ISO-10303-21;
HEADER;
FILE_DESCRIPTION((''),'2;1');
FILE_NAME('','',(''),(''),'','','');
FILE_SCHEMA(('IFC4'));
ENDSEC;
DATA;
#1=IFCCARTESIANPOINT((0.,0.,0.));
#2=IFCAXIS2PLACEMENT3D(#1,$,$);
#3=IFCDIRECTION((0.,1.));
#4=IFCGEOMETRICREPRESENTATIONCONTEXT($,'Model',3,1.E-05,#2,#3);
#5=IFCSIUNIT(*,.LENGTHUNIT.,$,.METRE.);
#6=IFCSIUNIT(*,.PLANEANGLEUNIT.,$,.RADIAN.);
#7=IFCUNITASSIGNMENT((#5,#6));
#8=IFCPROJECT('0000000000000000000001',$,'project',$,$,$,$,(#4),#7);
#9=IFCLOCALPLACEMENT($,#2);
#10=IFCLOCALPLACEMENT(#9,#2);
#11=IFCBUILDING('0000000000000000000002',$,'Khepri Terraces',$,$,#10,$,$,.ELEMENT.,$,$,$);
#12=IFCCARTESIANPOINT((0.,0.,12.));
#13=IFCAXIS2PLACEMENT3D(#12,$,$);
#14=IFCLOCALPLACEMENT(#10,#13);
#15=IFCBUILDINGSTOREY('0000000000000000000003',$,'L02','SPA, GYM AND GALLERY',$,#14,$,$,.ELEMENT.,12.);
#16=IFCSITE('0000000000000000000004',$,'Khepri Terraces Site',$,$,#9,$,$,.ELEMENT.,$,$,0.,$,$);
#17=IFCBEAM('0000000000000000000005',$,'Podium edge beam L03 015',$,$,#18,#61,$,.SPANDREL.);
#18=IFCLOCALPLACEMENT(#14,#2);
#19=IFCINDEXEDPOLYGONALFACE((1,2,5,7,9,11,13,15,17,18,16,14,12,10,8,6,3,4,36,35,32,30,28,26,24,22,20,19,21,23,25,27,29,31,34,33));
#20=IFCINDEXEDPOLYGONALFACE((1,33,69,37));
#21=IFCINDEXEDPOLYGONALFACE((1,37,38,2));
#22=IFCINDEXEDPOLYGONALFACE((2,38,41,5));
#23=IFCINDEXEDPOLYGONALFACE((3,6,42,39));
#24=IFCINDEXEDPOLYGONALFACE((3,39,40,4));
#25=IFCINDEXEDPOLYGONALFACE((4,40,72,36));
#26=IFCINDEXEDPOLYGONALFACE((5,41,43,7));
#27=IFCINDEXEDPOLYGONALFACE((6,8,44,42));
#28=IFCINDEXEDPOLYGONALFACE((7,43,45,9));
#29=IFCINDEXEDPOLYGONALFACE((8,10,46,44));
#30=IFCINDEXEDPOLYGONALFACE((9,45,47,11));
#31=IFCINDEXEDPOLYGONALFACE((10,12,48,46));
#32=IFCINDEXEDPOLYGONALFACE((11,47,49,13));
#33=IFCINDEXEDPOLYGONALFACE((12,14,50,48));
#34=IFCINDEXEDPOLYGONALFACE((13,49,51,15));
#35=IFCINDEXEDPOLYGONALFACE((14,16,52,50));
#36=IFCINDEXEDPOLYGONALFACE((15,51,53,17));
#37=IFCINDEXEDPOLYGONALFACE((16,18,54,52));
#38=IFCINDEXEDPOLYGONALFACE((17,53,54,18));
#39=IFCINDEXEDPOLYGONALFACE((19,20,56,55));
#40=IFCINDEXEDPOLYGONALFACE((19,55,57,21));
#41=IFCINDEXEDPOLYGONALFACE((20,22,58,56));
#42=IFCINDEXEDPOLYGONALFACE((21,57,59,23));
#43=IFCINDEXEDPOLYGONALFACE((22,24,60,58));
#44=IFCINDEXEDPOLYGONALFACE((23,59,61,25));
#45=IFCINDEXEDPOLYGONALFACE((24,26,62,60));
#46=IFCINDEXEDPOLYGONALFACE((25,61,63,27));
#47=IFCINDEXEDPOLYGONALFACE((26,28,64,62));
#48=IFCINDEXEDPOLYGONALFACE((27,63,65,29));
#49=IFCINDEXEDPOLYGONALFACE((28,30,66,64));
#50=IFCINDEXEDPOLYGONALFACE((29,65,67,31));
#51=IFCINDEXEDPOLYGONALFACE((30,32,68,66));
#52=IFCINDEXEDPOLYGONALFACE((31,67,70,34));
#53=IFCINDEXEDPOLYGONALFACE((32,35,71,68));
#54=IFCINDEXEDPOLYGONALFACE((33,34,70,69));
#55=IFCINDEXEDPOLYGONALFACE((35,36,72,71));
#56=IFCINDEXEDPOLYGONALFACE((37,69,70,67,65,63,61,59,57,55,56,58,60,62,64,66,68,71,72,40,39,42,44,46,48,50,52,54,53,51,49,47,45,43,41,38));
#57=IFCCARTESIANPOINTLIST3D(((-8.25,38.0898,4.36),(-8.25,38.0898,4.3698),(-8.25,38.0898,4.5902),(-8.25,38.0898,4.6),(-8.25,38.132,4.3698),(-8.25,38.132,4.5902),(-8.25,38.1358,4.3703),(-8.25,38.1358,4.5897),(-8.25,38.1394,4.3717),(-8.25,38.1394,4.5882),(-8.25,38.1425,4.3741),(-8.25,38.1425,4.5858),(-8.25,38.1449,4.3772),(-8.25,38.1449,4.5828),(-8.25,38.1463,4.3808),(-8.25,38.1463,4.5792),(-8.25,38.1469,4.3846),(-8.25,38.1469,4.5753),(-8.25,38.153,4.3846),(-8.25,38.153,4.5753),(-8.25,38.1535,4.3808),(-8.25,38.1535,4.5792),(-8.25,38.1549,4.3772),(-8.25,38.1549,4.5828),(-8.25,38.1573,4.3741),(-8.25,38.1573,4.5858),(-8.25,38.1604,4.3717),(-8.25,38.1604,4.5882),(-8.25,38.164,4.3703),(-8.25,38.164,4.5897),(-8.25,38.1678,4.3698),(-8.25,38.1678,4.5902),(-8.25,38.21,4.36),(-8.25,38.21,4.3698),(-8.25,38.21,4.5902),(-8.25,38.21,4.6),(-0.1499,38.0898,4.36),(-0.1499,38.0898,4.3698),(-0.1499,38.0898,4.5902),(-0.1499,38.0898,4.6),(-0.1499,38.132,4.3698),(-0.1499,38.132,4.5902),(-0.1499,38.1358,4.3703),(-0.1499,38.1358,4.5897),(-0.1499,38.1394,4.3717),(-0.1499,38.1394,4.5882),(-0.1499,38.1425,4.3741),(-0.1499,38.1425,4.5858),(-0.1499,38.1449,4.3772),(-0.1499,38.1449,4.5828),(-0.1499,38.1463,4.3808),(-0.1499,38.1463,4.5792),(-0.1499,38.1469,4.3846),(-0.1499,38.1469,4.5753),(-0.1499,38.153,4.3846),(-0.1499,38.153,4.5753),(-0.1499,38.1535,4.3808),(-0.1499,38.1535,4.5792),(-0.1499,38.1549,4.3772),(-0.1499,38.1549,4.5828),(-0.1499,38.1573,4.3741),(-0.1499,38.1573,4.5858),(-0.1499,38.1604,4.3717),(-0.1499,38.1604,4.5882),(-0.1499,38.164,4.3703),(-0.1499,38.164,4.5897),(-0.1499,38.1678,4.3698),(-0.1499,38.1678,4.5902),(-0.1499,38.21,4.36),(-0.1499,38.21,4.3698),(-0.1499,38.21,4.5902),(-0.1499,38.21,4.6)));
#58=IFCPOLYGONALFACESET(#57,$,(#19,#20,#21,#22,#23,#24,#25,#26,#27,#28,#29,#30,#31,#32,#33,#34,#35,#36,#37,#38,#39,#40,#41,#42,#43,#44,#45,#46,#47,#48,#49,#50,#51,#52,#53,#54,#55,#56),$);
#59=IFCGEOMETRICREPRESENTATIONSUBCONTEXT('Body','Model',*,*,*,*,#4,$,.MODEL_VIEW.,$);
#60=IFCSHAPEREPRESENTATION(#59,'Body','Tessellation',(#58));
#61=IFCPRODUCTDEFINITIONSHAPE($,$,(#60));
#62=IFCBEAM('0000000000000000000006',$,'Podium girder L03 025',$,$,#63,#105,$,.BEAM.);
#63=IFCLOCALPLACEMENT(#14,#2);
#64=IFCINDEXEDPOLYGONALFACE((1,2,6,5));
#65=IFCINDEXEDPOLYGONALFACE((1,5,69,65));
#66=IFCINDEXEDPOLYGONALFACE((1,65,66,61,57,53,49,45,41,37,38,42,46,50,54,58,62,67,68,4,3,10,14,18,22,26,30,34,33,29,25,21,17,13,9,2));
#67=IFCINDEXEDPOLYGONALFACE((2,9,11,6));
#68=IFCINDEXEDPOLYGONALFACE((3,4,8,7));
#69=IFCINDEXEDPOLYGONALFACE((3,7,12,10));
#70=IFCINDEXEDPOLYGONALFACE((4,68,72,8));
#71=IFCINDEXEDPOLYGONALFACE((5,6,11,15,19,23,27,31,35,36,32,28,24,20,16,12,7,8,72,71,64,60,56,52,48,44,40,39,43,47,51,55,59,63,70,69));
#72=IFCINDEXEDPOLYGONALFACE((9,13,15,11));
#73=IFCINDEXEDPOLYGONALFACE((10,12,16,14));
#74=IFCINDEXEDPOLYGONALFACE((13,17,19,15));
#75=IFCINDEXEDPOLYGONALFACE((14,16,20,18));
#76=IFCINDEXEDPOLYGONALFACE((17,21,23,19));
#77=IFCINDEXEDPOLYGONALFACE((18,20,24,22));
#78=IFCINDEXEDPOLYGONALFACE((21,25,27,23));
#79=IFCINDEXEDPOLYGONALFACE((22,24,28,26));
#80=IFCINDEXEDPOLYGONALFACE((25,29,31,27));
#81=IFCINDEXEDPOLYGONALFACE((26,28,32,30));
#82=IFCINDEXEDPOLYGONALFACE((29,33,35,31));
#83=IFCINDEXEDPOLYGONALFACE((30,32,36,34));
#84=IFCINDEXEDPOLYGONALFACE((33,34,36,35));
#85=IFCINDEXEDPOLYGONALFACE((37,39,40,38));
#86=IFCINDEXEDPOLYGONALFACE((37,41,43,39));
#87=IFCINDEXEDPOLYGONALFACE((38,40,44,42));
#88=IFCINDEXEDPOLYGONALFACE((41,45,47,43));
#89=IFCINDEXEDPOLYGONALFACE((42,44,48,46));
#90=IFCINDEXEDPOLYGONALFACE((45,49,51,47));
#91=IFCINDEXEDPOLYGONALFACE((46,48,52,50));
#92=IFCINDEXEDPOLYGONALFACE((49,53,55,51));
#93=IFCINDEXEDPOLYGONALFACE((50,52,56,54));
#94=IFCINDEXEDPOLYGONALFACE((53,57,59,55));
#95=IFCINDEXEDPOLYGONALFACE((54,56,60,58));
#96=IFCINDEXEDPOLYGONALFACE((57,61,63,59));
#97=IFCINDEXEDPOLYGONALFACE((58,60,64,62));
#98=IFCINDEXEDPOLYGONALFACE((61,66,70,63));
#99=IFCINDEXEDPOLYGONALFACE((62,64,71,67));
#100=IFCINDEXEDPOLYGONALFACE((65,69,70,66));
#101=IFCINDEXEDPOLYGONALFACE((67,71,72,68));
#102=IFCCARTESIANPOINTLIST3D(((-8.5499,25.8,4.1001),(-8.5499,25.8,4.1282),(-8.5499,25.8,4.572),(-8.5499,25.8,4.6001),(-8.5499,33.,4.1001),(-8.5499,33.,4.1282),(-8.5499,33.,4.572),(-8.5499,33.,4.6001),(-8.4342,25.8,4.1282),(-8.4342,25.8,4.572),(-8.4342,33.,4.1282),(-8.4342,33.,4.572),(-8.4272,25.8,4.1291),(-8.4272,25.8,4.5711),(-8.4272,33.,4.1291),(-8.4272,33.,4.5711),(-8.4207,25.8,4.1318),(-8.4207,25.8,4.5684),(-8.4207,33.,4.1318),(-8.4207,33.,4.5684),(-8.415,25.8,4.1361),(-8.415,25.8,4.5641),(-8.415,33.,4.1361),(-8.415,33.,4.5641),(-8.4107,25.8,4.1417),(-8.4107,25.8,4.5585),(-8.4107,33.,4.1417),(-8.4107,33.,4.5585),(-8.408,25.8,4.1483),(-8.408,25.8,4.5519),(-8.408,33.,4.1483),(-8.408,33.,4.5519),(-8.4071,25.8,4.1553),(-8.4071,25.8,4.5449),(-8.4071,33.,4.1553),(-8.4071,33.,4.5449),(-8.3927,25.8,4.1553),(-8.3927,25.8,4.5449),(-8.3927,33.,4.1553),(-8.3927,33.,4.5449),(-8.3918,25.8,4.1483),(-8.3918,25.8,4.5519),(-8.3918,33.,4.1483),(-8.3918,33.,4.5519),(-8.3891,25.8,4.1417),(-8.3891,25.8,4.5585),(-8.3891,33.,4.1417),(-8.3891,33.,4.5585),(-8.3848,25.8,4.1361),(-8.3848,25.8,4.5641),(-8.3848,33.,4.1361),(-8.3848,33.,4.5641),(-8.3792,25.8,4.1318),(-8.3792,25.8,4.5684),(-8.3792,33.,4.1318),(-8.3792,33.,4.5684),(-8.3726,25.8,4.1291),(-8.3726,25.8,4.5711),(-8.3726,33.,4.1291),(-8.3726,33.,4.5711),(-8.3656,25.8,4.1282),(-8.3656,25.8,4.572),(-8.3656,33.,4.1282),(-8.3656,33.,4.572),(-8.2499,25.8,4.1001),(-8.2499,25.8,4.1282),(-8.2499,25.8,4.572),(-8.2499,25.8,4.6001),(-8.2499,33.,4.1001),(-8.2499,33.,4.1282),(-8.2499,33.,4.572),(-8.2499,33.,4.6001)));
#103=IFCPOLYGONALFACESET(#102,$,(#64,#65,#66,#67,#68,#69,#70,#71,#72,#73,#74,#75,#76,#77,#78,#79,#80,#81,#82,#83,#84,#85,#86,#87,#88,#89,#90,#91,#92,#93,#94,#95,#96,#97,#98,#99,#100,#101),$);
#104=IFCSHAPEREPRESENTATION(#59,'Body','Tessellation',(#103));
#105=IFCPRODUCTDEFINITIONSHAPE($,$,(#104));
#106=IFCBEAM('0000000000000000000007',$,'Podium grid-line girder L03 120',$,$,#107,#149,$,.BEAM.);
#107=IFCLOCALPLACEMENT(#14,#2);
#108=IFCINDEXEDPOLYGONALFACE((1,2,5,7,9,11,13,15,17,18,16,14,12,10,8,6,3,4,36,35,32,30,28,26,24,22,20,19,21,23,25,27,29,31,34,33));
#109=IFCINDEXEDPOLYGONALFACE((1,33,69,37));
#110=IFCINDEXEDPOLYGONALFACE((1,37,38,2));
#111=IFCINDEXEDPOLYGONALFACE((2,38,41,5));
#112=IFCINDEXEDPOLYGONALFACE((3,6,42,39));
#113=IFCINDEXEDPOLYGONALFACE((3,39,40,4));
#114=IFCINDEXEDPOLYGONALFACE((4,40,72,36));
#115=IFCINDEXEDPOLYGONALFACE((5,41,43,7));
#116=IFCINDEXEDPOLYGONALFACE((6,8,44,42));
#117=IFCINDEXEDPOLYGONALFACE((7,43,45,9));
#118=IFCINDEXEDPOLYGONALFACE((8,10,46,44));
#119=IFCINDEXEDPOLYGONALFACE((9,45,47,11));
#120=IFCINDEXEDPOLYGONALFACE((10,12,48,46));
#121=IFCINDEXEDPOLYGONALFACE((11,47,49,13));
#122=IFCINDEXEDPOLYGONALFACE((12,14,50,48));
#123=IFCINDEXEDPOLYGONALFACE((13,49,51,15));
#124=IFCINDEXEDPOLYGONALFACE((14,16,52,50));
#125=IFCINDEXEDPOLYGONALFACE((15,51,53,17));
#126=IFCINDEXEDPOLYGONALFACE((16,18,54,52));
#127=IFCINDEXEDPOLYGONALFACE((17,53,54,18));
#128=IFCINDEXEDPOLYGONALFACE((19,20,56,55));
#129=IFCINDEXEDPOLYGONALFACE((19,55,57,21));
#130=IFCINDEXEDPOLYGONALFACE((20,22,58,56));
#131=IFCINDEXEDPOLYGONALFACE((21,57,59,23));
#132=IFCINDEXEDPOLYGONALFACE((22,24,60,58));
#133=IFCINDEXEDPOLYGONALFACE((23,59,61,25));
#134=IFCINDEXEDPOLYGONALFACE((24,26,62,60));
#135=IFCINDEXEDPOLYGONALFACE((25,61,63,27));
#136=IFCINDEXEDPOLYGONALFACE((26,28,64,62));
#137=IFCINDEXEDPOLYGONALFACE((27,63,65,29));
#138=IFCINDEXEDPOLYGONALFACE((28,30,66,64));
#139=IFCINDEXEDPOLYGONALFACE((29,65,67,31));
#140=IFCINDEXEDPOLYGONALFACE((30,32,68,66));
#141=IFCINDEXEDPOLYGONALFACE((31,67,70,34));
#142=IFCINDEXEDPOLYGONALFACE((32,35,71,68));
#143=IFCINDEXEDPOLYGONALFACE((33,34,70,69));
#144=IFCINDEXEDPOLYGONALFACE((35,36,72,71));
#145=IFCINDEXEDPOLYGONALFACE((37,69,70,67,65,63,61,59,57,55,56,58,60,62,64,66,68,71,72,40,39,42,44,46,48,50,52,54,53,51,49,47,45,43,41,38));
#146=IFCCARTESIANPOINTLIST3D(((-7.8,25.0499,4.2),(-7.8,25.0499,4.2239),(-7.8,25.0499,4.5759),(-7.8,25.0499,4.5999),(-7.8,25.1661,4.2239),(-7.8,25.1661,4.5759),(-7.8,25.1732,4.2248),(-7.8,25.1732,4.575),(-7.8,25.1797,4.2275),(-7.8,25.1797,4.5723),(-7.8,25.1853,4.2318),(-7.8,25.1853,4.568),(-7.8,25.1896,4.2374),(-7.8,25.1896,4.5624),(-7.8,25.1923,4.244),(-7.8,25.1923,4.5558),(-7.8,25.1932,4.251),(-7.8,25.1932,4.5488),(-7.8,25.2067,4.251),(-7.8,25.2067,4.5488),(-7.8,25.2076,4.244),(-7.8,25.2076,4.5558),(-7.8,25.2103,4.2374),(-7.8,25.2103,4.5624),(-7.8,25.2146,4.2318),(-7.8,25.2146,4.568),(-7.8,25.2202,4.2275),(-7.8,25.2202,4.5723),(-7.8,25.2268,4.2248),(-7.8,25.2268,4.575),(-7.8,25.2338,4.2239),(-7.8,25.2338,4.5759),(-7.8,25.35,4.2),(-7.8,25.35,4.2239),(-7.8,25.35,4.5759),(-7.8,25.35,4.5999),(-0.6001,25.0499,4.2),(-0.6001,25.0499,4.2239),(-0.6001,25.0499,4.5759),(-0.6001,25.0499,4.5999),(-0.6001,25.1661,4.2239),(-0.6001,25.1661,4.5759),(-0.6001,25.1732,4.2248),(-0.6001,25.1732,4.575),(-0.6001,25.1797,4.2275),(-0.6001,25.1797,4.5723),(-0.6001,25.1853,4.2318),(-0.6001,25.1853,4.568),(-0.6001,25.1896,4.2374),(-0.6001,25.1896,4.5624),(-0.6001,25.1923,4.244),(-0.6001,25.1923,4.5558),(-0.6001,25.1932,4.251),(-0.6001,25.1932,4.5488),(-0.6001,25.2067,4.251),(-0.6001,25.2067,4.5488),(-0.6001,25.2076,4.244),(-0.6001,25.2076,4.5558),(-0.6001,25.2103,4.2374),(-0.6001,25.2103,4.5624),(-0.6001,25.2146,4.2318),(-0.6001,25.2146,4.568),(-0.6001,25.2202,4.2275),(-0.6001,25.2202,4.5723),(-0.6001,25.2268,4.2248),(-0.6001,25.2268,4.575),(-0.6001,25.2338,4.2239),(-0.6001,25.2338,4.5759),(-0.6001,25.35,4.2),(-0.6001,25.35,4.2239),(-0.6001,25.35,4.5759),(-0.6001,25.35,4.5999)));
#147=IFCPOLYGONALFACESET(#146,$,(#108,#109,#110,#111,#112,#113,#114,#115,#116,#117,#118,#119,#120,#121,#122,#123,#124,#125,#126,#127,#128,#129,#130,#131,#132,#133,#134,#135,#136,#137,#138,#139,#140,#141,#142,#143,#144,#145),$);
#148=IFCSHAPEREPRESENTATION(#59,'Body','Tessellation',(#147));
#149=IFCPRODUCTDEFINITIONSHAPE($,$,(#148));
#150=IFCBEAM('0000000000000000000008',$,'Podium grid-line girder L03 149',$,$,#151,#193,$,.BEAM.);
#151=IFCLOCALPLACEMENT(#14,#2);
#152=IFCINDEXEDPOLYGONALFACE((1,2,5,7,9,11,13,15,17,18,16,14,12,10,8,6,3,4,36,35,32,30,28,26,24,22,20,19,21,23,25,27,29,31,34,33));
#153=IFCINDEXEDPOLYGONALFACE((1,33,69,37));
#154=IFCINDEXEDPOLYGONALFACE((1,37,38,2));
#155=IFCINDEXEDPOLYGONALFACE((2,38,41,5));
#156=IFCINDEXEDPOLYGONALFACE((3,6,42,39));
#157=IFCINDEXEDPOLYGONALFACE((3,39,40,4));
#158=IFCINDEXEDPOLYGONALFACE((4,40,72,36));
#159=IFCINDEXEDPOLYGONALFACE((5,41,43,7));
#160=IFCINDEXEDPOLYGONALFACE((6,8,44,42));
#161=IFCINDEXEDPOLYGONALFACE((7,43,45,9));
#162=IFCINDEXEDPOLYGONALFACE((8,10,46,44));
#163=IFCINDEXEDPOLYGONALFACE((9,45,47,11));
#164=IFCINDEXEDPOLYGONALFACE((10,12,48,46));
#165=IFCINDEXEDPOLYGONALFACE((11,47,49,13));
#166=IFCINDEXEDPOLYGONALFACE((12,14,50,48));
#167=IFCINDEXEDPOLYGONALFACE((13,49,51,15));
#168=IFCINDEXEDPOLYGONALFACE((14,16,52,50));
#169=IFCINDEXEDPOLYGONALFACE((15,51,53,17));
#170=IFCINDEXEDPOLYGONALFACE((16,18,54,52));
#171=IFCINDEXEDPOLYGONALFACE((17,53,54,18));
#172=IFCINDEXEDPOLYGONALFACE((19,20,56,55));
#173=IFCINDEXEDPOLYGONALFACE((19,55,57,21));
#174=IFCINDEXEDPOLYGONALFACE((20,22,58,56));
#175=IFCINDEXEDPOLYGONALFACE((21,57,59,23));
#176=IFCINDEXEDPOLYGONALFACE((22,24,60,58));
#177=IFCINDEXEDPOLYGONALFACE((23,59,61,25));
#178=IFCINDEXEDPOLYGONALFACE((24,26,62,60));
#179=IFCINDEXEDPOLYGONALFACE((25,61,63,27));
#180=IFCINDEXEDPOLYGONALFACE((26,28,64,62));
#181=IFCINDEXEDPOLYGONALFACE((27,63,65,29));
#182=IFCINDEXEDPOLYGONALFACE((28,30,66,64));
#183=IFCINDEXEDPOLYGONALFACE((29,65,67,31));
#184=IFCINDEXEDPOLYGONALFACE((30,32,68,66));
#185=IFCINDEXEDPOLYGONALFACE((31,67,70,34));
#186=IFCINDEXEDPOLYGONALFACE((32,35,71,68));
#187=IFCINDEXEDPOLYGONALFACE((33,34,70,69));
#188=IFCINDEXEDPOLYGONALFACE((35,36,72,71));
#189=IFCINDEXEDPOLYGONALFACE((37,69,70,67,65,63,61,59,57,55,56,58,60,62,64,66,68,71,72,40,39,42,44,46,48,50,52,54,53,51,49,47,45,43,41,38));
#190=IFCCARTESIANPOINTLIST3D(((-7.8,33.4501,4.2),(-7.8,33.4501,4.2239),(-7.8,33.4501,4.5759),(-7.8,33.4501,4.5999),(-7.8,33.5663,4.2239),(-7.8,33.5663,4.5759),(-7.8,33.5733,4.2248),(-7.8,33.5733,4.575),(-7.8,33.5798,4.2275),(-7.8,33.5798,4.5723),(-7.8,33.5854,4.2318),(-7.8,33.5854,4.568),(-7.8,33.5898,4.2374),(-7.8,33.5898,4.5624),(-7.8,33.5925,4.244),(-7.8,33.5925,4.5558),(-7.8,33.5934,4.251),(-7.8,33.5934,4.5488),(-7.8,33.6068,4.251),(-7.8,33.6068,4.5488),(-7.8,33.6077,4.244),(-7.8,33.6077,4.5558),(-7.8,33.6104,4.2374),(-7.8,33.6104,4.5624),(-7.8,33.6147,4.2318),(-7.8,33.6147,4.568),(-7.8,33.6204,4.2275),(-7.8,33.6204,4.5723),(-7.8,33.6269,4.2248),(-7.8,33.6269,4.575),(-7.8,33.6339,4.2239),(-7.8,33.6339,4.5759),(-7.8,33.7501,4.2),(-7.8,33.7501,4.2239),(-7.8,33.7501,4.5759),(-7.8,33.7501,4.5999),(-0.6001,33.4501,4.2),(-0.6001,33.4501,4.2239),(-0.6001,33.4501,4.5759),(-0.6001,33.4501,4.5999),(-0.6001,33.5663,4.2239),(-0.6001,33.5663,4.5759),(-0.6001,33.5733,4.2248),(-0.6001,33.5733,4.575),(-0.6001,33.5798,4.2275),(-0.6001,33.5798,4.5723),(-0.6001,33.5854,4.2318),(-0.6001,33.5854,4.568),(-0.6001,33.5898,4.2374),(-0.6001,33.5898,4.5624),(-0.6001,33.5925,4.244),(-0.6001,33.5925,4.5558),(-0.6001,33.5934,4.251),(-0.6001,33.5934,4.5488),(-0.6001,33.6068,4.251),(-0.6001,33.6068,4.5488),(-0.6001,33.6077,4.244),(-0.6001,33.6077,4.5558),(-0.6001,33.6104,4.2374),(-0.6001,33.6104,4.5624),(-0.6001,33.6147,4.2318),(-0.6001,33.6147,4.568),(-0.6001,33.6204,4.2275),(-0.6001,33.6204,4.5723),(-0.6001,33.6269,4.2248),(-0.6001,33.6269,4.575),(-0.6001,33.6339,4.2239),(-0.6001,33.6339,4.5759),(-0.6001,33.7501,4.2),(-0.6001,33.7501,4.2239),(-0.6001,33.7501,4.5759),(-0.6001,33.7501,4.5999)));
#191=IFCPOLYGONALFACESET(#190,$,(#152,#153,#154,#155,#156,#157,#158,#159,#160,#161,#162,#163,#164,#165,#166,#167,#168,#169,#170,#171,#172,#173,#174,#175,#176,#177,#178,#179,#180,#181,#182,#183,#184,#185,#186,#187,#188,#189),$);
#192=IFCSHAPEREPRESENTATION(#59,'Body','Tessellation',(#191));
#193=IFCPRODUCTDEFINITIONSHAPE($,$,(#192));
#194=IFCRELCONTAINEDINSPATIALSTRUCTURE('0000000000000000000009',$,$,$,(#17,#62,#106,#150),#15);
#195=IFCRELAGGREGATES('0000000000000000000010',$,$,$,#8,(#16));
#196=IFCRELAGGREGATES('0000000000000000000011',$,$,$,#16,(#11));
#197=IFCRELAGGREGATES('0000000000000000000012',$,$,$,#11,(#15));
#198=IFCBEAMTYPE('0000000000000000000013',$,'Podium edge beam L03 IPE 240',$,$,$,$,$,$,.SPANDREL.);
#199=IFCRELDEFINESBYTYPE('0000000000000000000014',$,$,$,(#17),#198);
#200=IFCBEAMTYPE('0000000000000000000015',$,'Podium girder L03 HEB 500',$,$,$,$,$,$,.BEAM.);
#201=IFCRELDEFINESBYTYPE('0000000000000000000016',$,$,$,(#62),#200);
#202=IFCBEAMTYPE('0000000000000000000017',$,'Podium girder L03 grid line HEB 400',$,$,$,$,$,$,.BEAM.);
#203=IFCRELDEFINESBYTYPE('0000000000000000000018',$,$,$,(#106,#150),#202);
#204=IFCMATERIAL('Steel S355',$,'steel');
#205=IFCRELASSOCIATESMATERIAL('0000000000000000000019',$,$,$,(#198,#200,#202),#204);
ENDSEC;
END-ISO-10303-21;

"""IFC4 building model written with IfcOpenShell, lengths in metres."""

from ifc_helpers import new_model, si_unit, direction, frame, origin, origin_2d, place, context, subcontext, project, spatial, i_section, extrude, material, material_profile, profile_set, type_object, element, save


model = new_model("IFC4")

# Units and contexts
model_context = context("Model", 3, precision=1e-05, world=origin(), true_north=direction((0.0, 1.0)))
body_context = subcontext(model_context, "Body", "Model", "MODEL_VIEW")
ifc_project = project(units=[si_unit("LENGTHUNIT", "METRE"), si_unit("PLANEANGLEUNIT", "RADIAN")], contexts=[model_context])

# Site, building, storey
site_placement = place(None, origin())
site = spatial("IfcSite", under=ifc_project, at=site_placement, Name="Khepri Terraces Site", CompositionType="ELEMENT", RefElevation=0.0)
building_placement = place(site_placement, origin())
building = spatial("IfcBuilding", under=site, at=building_placement, Name="Khepri Terraces", CompositionType="ELEMENT")
storey_placement = place(building_placement, frame((0.0, 0.0, 12.0)))
storey = spatial("IfcBuildingStorey", under=building, at=storey_placement, Name="L02", Description="SPA, GYM AND GALLERY", CompositionType="ELEMENT", Elevation=12.0)

# Beams
ifc_material_1 = material(Name="Steel S355", Category="steel")
ifc_material_profile_1 = material_profile(ifc_material_1, i_section(OverallWidth=0.1201, OverallDepth=0.24, WebThickness=0.0061, FlangeThickness=0.0098, FilletRadius=0.0149, at=origin_2d()), Name="Steel S355", Category="steel")
ifc_profile_set_1 = profile_set([ifc_material_profile_1], Name="Steel S355")
beam_type_1 = type_object("IfcBeamType", Name="Podium edge beam L03 IPE 240", PredefinedType="SPANDREL", material=ifc_profile_set_1)
beam_1_placement = place(storey_placement, frame((-8.25, 38.1499, 4.48), z_axis=(1.0, 0.0, 0.0), x_axis=(0.0, 1.0, 0.0)))
element("IfcBeam", 1, at=beam_1_placement, inside=storey, type_object=beam_type_1, Name="Podium edge beam L03 015", PredefinedType="SPANDREL", context=body_context, shape_type="SweptSolid", body=[
    extrude(i_section(OverallWidth=0.1201, OverallDepth=0.24, WebThickness=0.0061, FlangeThickness=0.0098, FilletRadius=0.0149, at=origin_2d()), origin(), (0.0, 0.0, 1.0), 8.1001),
])
ifc_material_profile_2 = material_profile(ifc_material_1, i_section(OverallWidth=0.3, OverallDepth=0.5, WebThickness=0.0144, FlangeThickness=0.0281, FilletRadius=0.0271, at=origin_2d()), Name="Steel S355", Category="steel")
ifc_profile_set_2 = profile_set([ifc_material_profile_2], Name="Steel S355")
beam_type_2 = type_object("IfcBeamType", Name="Podium girder L03 HEB 500", PredefinedType="BEAM", material=ifc_profile_set_2)
beam_2_placement = place(storey_placement, frame((-8.3999, 25.8, 4.3501), z_axis=(0.0, 1.0, 0.0), x_axis=(-1.0, 0.0, 0.0)))
element("IfcBeam", 2, at=beam_2_placement, inside=storey, type_object=beam_type_2, Name="Podium girder L03 025", PredefinedType="BEAM", context=body_context, shape_type="SweptSolid", body=[
    extrude(i_section(OverallWidth=0.3, OverallDepth=0.5, WebThickness=0.0144, FlangeThickness=0.0281, FilletRadius=0.0271, at=origin_2d()), origin(), (0.0, 0.0, 1.0), 7.2),
])
ifc_material_profile_3 = material_profile(ifc_material_1, i_section(OverallWidth=0.3, OverallDepth=0.3999, WebThickness=0.0134, FlangeThickness=0.0239, FilletRadius=0.0271, at=origin_2d()), Name="Steel S355", Category="steel")
ifc_profile_set_3 = profile_set([ifc_material_profile_3], Name="Steel S355")
beam_type_3 = type_object("IfcBeamType", Name="Podium girder L03 grid line HEB 400", PredefinedType="BEAM", material=ifc_profile_set_3)
for number, where, z_axis, x_axis, name in (
    (3, (-7.8, 25.2, 4.3999), (1.0, 0.0, 0.0), (0.0, 1.0, 0.0), "Podium grid-line girder L03 120"),
    (4, (-7.8, 33.6001, 4.3999), (1.0, 0.0, 0.0), (0.0, 1.0, 0.0), "Podium grid-line girder L03 149"),
):
    element("IfcBeam", number, at=place(storey_placement, frame(where, z_axis=z_axis, x_axis=x_axis)), inside=storey, type_object=beam_type_3, Name=name, PredefinedType="BEAM", context=body_context, shape_type="SweptSolid", body=[
        extrude(i_section(OverallWidth=0.3, OverallDepth=0.3999, WebThickness=0.0134, FlangeThickness=0.0239, FilletRadius=0.0271, at=origin_2d()), origin(), (0.0, 0.0, 1.0), 7.2),
    ])

save(model, "model.ifc")
